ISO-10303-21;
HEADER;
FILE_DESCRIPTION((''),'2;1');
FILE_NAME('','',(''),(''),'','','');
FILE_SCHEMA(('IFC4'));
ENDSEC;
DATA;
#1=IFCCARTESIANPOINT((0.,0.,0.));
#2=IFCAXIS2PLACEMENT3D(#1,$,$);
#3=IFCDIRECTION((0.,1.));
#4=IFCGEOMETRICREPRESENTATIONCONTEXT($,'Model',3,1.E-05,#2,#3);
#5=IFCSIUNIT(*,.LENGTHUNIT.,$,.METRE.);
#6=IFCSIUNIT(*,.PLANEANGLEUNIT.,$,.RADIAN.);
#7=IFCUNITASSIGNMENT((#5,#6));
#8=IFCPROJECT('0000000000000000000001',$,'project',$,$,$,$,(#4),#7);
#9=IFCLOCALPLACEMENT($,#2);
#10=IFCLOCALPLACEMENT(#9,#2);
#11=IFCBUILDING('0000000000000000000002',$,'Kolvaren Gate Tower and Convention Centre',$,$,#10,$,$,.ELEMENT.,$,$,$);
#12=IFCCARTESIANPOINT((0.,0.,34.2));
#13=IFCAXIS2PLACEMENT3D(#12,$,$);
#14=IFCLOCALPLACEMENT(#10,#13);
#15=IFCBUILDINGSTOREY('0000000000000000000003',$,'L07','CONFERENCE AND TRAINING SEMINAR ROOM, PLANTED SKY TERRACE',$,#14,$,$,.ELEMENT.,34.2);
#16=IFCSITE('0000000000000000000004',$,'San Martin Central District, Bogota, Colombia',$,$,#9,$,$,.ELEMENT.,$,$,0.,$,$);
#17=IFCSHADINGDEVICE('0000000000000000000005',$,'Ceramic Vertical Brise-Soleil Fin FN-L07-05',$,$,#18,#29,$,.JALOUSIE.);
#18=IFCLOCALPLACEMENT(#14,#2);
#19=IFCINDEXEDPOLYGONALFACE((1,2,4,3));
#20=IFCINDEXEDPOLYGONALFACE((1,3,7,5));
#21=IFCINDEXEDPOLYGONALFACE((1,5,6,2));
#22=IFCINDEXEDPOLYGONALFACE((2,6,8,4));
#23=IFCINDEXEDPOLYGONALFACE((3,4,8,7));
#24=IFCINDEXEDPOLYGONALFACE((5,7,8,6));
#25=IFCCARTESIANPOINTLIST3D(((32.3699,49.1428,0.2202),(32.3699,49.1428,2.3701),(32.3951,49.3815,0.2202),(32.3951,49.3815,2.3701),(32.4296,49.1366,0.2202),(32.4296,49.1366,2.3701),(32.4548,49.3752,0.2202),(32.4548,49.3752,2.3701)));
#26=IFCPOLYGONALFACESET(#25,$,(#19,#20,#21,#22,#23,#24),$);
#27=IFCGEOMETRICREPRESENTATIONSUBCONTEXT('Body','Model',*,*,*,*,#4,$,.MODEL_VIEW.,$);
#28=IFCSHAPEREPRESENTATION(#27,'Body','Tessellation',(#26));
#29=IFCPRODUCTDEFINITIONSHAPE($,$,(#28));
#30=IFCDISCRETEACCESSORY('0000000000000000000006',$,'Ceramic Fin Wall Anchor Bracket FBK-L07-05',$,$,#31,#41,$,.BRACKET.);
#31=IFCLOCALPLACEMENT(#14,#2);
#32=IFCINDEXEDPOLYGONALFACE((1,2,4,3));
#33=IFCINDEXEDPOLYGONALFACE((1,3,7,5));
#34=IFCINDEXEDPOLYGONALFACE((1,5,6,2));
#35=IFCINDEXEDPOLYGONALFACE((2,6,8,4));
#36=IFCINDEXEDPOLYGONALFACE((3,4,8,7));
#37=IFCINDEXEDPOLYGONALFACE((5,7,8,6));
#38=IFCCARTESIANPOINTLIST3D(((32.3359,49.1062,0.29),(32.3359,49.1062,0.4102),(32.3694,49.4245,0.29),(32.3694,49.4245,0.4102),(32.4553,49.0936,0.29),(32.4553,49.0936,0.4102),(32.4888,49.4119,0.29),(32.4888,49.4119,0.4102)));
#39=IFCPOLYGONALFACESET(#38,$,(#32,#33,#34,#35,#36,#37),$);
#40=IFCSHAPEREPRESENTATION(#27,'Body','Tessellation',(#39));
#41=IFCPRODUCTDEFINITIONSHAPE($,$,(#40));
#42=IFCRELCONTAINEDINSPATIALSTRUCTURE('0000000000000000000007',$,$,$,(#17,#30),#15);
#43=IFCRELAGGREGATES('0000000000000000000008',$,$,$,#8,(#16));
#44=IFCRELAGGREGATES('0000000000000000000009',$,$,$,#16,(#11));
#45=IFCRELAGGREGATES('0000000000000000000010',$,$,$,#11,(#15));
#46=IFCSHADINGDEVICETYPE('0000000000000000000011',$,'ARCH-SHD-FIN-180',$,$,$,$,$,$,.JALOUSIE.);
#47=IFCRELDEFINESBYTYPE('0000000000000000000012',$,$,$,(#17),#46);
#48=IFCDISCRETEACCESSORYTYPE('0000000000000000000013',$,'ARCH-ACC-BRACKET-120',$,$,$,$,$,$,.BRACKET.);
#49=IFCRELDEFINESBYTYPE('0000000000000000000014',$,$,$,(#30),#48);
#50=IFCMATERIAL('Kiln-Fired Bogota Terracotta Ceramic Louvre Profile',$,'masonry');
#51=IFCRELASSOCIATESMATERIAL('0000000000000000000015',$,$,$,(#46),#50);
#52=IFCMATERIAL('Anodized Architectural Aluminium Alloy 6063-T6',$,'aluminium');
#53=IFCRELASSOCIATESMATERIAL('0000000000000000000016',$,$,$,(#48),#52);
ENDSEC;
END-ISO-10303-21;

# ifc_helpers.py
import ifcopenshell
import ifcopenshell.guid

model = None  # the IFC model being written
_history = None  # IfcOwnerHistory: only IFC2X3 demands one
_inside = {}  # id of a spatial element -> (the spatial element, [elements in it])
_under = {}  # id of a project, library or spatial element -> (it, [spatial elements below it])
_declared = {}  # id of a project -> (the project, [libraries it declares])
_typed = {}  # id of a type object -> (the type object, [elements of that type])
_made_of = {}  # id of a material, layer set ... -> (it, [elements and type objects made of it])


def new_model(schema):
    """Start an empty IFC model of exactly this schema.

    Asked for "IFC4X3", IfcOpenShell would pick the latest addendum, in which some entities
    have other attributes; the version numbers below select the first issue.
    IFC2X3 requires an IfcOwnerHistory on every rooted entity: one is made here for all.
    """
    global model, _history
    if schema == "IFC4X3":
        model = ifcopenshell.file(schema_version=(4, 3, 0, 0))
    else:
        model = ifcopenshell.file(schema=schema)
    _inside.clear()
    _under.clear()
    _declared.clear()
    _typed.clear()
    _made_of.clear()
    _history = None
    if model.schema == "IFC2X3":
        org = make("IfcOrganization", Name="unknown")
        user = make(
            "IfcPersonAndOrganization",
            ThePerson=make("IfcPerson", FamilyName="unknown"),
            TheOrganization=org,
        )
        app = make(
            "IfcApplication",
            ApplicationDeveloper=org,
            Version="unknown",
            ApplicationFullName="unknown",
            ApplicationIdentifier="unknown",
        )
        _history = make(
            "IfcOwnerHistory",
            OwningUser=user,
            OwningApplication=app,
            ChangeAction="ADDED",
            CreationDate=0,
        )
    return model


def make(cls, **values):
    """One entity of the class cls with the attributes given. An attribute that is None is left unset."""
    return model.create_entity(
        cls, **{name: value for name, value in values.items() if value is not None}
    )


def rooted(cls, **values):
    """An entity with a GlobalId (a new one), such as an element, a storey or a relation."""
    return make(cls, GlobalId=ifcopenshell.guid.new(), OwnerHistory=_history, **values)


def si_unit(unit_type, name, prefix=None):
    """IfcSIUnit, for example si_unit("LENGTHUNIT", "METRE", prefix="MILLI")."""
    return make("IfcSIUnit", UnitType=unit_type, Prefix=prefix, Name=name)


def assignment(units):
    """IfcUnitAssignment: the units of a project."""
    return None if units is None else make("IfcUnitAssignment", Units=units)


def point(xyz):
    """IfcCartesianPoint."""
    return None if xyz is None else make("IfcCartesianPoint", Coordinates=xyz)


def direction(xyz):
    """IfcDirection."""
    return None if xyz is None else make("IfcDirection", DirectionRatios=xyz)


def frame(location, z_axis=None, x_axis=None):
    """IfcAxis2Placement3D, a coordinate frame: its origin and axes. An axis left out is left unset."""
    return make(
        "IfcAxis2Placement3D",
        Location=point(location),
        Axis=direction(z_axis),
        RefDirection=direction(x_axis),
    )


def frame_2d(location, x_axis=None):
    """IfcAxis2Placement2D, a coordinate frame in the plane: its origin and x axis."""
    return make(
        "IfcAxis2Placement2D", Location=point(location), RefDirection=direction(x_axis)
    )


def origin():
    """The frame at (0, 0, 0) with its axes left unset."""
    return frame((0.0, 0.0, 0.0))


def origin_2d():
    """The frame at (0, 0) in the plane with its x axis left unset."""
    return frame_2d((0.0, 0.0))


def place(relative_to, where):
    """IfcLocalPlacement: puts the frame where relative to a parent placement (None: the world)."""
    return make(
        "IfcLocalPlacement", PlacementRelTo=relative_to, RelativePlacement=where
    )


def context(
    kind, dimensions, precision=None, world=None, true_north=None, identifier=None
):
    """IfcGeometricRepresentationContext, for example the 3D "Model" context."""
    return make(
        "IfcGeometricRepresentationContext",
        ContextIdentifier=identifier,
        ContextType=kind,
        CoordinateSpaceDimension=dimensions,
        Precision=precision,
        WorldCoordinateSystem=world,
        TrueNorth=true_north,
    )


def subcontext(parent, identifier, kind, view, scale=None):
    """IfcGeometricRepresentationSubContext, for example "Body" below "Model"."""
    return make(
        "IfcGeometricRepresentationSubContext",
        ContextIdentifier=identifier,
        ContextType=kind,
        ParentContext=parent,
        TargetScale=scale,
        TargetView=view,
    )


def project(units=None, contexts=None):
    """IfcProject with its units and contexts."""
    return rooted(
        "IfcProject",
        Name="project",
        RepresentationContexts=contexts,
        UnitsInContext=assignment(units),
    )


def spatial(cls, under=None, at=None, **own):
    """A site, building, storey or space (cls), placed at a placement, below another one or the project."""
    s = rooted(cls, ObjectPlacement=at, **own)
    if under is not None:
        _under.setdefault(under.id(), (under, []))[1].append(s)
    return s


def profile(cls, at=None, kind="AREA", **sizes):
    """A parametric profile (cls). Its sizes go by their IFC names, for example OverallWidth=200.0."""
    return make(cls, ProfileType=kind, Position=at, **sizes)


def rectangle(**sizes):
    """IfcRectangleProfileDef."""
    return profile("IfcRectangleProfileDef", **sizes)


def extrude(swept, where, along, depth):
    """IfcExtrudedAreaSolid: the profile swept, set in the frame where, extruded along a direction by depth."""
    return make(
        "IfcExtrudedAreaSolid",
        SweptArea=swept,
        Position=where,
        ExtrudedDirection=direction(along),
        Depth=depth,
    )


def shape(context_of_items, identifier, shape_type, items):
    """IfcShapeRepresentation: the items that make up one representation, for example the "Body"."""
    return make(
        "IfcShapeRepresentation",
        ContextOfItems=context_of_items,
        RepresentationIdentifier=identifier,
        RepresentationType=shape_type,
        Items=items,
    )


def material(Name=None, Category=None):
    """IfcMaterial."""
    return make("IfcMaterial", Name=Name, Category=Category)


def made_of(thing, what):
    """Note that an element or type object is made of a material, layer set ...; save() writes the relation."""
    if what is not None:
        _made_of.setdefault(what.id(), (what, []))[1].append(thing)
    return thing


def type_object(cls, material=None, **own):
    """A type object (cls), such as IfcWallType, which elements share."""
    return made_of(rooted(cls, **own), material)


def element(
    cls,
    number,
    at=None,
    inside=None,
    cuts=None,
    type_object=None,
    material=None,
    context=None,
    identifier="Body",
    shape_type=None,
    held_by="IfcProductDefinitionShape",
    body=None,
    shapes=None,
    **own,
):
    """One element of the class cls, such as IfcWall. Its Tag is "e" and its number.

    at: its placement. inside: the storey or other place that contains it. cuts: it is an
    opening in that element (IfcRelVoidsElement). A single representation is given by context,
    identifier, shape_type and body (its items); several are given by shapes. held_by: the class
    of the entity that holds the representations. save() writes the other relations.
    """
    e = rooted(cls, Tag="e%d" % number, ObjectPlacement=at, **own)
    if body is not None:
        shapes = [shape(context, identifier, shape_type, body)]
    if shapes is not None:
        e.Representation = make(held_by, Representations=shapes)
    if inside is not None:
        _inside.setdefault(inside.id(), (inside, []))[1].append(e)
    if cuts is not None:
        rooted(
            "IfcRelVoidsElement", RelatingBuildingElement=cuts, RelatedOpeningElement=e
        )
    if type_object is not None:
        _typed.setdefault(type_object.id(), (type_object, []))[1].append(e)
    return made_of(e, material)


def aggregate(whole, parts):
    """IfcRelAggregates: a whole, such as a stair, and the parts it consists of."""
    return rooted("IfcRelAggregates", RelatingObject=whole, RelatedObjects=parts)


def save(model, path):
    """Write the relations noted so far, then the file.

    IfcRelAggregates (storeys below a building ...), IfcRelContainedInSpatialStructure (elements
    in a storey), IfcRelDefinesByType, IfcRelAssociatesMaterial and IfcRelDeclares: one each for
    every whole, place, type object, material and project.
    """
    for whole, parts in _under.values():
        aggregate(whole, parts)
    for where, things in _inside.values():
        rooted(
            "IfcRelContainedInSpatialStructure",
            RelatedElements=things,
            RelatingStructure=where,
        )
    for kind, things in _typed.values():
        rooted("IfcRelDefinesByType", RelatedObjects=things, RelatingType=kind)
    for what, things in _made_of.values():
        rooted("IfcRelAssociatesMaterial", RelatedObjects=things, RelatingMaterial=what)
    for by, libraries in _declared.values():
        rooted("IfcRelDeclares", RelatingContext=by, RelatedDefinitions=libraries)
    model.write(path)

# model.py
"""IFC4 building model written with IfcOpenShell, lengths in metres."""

from ifc_helpers import new_model, si_unit, direction, frame, origin, origin_2d, place, context, subcontext, project, spatial, rectangle, extrude, material, type_object, element, save


model = new_model("IFC4")

# Units and contexts
model_context = context("Model", 3, precision=1e-05, world=origin(), true_north=direction((0.0, 1.0)))
body_context = subcontext(model_context, "Body", "Model", "MODEL_VIEW")
ifc_project = project(units=[si_unit("LENGTHUNIT", "METRE"), si_unit("PLANEANGLEUNIT", "RADIAN")], contexts=[model_context])

# Site, building, storey
site_placement = place(None, origin())
site = spatial("IfcSite", under=ifc_project, at=site_placement, Name="San Martin Central District, Bogota, Colombia", CompositionType="ELEMENT", RefElevation=0.0)
building_placement = place(site_placement, origin())
building = spatial("IfcBuilding", under=site, at=building_placement, Name="Kolvaren Gate Tower and Convention Centre", CompositionType="ELEMENT")
storey_placement = place(building_placement, frame((0.0, 0.0, 34.2)))
storey = spatial("IfcBuildingStorey", under=building, at=storey_placement, Name="L07", Description="CONFERENCE AND TRAINING SEMINAR ROOM, PLANTED SKY TERRACE", CompositionType="ELEMENT", Elevation=34.2)

# Shading device
ifc_material_1 = material(Name="Kiln-Fired Bogota Terracotta Ceramic Louvre Profile", Category="masonry")
shading_device_type = type_object("IfcShadingDeviceType", Name="ARCH-SHD-FIN-180", PredefinedType="JALOUSIE", material=ifc_material_1)
shading_device_placement = place(storey_placement, frame((32.4124, 49.259, 0.2202), z_axis=(0.0, 0.0, 1.0), x_axis=(0.994499, -0.104747, 0.0)))
element("IfcShadingDevice", 1, at=shading_device_placement, inside=storey, type_object=shading_device_type, Name="Ceramic Vertical Brise-Soleil Fin FN-L07-05", PredefinedType="JALOUSIE", context=body_context, shape_type="SweptSolid", body=[
    extrude(rectangle(XDim=0.0601, YDim=0.24, at=origin_2d()), origin(), (0.0, 0.0, 1.0), 2.1499),
])

# Discrete accessory
ifc_material_2 = material(Name="Anodized Architectural Aluminium Alloy 6063-T6", Category="aluminium")
discrete_accessory_type = type_object("IfcDiscreteAccessoryType", Name="ARCH-ACC-BRACKET-120", PredefinedType="BRACKET", material=ifc_material_2)
discrete_accessory_placement = place(storey_placement, frame((32.4124, 49.259, 0.29), z_axis=(0.0, 0.0, 1.0), x_axis=(0.994499, -0.104747, 0.0)))
element("IfcDiscreteAccessory", 2, at=discrete_accessory_placement, inside=storey, type_object=discrete_accessory_type, Name="Ceramic Fin Wall Anchor Bracket FBK-L07-05", PredefinedType="BRACKET", context=body_context, shape_type="SweptSolid", body=[
    extrude(rectangle(XDim=0.1201, YDim=0.3201, at=origin_2d()), origin(), (0.0, 0.0, 1.0), 0.1201),
])

save(model, "model.ifc")
